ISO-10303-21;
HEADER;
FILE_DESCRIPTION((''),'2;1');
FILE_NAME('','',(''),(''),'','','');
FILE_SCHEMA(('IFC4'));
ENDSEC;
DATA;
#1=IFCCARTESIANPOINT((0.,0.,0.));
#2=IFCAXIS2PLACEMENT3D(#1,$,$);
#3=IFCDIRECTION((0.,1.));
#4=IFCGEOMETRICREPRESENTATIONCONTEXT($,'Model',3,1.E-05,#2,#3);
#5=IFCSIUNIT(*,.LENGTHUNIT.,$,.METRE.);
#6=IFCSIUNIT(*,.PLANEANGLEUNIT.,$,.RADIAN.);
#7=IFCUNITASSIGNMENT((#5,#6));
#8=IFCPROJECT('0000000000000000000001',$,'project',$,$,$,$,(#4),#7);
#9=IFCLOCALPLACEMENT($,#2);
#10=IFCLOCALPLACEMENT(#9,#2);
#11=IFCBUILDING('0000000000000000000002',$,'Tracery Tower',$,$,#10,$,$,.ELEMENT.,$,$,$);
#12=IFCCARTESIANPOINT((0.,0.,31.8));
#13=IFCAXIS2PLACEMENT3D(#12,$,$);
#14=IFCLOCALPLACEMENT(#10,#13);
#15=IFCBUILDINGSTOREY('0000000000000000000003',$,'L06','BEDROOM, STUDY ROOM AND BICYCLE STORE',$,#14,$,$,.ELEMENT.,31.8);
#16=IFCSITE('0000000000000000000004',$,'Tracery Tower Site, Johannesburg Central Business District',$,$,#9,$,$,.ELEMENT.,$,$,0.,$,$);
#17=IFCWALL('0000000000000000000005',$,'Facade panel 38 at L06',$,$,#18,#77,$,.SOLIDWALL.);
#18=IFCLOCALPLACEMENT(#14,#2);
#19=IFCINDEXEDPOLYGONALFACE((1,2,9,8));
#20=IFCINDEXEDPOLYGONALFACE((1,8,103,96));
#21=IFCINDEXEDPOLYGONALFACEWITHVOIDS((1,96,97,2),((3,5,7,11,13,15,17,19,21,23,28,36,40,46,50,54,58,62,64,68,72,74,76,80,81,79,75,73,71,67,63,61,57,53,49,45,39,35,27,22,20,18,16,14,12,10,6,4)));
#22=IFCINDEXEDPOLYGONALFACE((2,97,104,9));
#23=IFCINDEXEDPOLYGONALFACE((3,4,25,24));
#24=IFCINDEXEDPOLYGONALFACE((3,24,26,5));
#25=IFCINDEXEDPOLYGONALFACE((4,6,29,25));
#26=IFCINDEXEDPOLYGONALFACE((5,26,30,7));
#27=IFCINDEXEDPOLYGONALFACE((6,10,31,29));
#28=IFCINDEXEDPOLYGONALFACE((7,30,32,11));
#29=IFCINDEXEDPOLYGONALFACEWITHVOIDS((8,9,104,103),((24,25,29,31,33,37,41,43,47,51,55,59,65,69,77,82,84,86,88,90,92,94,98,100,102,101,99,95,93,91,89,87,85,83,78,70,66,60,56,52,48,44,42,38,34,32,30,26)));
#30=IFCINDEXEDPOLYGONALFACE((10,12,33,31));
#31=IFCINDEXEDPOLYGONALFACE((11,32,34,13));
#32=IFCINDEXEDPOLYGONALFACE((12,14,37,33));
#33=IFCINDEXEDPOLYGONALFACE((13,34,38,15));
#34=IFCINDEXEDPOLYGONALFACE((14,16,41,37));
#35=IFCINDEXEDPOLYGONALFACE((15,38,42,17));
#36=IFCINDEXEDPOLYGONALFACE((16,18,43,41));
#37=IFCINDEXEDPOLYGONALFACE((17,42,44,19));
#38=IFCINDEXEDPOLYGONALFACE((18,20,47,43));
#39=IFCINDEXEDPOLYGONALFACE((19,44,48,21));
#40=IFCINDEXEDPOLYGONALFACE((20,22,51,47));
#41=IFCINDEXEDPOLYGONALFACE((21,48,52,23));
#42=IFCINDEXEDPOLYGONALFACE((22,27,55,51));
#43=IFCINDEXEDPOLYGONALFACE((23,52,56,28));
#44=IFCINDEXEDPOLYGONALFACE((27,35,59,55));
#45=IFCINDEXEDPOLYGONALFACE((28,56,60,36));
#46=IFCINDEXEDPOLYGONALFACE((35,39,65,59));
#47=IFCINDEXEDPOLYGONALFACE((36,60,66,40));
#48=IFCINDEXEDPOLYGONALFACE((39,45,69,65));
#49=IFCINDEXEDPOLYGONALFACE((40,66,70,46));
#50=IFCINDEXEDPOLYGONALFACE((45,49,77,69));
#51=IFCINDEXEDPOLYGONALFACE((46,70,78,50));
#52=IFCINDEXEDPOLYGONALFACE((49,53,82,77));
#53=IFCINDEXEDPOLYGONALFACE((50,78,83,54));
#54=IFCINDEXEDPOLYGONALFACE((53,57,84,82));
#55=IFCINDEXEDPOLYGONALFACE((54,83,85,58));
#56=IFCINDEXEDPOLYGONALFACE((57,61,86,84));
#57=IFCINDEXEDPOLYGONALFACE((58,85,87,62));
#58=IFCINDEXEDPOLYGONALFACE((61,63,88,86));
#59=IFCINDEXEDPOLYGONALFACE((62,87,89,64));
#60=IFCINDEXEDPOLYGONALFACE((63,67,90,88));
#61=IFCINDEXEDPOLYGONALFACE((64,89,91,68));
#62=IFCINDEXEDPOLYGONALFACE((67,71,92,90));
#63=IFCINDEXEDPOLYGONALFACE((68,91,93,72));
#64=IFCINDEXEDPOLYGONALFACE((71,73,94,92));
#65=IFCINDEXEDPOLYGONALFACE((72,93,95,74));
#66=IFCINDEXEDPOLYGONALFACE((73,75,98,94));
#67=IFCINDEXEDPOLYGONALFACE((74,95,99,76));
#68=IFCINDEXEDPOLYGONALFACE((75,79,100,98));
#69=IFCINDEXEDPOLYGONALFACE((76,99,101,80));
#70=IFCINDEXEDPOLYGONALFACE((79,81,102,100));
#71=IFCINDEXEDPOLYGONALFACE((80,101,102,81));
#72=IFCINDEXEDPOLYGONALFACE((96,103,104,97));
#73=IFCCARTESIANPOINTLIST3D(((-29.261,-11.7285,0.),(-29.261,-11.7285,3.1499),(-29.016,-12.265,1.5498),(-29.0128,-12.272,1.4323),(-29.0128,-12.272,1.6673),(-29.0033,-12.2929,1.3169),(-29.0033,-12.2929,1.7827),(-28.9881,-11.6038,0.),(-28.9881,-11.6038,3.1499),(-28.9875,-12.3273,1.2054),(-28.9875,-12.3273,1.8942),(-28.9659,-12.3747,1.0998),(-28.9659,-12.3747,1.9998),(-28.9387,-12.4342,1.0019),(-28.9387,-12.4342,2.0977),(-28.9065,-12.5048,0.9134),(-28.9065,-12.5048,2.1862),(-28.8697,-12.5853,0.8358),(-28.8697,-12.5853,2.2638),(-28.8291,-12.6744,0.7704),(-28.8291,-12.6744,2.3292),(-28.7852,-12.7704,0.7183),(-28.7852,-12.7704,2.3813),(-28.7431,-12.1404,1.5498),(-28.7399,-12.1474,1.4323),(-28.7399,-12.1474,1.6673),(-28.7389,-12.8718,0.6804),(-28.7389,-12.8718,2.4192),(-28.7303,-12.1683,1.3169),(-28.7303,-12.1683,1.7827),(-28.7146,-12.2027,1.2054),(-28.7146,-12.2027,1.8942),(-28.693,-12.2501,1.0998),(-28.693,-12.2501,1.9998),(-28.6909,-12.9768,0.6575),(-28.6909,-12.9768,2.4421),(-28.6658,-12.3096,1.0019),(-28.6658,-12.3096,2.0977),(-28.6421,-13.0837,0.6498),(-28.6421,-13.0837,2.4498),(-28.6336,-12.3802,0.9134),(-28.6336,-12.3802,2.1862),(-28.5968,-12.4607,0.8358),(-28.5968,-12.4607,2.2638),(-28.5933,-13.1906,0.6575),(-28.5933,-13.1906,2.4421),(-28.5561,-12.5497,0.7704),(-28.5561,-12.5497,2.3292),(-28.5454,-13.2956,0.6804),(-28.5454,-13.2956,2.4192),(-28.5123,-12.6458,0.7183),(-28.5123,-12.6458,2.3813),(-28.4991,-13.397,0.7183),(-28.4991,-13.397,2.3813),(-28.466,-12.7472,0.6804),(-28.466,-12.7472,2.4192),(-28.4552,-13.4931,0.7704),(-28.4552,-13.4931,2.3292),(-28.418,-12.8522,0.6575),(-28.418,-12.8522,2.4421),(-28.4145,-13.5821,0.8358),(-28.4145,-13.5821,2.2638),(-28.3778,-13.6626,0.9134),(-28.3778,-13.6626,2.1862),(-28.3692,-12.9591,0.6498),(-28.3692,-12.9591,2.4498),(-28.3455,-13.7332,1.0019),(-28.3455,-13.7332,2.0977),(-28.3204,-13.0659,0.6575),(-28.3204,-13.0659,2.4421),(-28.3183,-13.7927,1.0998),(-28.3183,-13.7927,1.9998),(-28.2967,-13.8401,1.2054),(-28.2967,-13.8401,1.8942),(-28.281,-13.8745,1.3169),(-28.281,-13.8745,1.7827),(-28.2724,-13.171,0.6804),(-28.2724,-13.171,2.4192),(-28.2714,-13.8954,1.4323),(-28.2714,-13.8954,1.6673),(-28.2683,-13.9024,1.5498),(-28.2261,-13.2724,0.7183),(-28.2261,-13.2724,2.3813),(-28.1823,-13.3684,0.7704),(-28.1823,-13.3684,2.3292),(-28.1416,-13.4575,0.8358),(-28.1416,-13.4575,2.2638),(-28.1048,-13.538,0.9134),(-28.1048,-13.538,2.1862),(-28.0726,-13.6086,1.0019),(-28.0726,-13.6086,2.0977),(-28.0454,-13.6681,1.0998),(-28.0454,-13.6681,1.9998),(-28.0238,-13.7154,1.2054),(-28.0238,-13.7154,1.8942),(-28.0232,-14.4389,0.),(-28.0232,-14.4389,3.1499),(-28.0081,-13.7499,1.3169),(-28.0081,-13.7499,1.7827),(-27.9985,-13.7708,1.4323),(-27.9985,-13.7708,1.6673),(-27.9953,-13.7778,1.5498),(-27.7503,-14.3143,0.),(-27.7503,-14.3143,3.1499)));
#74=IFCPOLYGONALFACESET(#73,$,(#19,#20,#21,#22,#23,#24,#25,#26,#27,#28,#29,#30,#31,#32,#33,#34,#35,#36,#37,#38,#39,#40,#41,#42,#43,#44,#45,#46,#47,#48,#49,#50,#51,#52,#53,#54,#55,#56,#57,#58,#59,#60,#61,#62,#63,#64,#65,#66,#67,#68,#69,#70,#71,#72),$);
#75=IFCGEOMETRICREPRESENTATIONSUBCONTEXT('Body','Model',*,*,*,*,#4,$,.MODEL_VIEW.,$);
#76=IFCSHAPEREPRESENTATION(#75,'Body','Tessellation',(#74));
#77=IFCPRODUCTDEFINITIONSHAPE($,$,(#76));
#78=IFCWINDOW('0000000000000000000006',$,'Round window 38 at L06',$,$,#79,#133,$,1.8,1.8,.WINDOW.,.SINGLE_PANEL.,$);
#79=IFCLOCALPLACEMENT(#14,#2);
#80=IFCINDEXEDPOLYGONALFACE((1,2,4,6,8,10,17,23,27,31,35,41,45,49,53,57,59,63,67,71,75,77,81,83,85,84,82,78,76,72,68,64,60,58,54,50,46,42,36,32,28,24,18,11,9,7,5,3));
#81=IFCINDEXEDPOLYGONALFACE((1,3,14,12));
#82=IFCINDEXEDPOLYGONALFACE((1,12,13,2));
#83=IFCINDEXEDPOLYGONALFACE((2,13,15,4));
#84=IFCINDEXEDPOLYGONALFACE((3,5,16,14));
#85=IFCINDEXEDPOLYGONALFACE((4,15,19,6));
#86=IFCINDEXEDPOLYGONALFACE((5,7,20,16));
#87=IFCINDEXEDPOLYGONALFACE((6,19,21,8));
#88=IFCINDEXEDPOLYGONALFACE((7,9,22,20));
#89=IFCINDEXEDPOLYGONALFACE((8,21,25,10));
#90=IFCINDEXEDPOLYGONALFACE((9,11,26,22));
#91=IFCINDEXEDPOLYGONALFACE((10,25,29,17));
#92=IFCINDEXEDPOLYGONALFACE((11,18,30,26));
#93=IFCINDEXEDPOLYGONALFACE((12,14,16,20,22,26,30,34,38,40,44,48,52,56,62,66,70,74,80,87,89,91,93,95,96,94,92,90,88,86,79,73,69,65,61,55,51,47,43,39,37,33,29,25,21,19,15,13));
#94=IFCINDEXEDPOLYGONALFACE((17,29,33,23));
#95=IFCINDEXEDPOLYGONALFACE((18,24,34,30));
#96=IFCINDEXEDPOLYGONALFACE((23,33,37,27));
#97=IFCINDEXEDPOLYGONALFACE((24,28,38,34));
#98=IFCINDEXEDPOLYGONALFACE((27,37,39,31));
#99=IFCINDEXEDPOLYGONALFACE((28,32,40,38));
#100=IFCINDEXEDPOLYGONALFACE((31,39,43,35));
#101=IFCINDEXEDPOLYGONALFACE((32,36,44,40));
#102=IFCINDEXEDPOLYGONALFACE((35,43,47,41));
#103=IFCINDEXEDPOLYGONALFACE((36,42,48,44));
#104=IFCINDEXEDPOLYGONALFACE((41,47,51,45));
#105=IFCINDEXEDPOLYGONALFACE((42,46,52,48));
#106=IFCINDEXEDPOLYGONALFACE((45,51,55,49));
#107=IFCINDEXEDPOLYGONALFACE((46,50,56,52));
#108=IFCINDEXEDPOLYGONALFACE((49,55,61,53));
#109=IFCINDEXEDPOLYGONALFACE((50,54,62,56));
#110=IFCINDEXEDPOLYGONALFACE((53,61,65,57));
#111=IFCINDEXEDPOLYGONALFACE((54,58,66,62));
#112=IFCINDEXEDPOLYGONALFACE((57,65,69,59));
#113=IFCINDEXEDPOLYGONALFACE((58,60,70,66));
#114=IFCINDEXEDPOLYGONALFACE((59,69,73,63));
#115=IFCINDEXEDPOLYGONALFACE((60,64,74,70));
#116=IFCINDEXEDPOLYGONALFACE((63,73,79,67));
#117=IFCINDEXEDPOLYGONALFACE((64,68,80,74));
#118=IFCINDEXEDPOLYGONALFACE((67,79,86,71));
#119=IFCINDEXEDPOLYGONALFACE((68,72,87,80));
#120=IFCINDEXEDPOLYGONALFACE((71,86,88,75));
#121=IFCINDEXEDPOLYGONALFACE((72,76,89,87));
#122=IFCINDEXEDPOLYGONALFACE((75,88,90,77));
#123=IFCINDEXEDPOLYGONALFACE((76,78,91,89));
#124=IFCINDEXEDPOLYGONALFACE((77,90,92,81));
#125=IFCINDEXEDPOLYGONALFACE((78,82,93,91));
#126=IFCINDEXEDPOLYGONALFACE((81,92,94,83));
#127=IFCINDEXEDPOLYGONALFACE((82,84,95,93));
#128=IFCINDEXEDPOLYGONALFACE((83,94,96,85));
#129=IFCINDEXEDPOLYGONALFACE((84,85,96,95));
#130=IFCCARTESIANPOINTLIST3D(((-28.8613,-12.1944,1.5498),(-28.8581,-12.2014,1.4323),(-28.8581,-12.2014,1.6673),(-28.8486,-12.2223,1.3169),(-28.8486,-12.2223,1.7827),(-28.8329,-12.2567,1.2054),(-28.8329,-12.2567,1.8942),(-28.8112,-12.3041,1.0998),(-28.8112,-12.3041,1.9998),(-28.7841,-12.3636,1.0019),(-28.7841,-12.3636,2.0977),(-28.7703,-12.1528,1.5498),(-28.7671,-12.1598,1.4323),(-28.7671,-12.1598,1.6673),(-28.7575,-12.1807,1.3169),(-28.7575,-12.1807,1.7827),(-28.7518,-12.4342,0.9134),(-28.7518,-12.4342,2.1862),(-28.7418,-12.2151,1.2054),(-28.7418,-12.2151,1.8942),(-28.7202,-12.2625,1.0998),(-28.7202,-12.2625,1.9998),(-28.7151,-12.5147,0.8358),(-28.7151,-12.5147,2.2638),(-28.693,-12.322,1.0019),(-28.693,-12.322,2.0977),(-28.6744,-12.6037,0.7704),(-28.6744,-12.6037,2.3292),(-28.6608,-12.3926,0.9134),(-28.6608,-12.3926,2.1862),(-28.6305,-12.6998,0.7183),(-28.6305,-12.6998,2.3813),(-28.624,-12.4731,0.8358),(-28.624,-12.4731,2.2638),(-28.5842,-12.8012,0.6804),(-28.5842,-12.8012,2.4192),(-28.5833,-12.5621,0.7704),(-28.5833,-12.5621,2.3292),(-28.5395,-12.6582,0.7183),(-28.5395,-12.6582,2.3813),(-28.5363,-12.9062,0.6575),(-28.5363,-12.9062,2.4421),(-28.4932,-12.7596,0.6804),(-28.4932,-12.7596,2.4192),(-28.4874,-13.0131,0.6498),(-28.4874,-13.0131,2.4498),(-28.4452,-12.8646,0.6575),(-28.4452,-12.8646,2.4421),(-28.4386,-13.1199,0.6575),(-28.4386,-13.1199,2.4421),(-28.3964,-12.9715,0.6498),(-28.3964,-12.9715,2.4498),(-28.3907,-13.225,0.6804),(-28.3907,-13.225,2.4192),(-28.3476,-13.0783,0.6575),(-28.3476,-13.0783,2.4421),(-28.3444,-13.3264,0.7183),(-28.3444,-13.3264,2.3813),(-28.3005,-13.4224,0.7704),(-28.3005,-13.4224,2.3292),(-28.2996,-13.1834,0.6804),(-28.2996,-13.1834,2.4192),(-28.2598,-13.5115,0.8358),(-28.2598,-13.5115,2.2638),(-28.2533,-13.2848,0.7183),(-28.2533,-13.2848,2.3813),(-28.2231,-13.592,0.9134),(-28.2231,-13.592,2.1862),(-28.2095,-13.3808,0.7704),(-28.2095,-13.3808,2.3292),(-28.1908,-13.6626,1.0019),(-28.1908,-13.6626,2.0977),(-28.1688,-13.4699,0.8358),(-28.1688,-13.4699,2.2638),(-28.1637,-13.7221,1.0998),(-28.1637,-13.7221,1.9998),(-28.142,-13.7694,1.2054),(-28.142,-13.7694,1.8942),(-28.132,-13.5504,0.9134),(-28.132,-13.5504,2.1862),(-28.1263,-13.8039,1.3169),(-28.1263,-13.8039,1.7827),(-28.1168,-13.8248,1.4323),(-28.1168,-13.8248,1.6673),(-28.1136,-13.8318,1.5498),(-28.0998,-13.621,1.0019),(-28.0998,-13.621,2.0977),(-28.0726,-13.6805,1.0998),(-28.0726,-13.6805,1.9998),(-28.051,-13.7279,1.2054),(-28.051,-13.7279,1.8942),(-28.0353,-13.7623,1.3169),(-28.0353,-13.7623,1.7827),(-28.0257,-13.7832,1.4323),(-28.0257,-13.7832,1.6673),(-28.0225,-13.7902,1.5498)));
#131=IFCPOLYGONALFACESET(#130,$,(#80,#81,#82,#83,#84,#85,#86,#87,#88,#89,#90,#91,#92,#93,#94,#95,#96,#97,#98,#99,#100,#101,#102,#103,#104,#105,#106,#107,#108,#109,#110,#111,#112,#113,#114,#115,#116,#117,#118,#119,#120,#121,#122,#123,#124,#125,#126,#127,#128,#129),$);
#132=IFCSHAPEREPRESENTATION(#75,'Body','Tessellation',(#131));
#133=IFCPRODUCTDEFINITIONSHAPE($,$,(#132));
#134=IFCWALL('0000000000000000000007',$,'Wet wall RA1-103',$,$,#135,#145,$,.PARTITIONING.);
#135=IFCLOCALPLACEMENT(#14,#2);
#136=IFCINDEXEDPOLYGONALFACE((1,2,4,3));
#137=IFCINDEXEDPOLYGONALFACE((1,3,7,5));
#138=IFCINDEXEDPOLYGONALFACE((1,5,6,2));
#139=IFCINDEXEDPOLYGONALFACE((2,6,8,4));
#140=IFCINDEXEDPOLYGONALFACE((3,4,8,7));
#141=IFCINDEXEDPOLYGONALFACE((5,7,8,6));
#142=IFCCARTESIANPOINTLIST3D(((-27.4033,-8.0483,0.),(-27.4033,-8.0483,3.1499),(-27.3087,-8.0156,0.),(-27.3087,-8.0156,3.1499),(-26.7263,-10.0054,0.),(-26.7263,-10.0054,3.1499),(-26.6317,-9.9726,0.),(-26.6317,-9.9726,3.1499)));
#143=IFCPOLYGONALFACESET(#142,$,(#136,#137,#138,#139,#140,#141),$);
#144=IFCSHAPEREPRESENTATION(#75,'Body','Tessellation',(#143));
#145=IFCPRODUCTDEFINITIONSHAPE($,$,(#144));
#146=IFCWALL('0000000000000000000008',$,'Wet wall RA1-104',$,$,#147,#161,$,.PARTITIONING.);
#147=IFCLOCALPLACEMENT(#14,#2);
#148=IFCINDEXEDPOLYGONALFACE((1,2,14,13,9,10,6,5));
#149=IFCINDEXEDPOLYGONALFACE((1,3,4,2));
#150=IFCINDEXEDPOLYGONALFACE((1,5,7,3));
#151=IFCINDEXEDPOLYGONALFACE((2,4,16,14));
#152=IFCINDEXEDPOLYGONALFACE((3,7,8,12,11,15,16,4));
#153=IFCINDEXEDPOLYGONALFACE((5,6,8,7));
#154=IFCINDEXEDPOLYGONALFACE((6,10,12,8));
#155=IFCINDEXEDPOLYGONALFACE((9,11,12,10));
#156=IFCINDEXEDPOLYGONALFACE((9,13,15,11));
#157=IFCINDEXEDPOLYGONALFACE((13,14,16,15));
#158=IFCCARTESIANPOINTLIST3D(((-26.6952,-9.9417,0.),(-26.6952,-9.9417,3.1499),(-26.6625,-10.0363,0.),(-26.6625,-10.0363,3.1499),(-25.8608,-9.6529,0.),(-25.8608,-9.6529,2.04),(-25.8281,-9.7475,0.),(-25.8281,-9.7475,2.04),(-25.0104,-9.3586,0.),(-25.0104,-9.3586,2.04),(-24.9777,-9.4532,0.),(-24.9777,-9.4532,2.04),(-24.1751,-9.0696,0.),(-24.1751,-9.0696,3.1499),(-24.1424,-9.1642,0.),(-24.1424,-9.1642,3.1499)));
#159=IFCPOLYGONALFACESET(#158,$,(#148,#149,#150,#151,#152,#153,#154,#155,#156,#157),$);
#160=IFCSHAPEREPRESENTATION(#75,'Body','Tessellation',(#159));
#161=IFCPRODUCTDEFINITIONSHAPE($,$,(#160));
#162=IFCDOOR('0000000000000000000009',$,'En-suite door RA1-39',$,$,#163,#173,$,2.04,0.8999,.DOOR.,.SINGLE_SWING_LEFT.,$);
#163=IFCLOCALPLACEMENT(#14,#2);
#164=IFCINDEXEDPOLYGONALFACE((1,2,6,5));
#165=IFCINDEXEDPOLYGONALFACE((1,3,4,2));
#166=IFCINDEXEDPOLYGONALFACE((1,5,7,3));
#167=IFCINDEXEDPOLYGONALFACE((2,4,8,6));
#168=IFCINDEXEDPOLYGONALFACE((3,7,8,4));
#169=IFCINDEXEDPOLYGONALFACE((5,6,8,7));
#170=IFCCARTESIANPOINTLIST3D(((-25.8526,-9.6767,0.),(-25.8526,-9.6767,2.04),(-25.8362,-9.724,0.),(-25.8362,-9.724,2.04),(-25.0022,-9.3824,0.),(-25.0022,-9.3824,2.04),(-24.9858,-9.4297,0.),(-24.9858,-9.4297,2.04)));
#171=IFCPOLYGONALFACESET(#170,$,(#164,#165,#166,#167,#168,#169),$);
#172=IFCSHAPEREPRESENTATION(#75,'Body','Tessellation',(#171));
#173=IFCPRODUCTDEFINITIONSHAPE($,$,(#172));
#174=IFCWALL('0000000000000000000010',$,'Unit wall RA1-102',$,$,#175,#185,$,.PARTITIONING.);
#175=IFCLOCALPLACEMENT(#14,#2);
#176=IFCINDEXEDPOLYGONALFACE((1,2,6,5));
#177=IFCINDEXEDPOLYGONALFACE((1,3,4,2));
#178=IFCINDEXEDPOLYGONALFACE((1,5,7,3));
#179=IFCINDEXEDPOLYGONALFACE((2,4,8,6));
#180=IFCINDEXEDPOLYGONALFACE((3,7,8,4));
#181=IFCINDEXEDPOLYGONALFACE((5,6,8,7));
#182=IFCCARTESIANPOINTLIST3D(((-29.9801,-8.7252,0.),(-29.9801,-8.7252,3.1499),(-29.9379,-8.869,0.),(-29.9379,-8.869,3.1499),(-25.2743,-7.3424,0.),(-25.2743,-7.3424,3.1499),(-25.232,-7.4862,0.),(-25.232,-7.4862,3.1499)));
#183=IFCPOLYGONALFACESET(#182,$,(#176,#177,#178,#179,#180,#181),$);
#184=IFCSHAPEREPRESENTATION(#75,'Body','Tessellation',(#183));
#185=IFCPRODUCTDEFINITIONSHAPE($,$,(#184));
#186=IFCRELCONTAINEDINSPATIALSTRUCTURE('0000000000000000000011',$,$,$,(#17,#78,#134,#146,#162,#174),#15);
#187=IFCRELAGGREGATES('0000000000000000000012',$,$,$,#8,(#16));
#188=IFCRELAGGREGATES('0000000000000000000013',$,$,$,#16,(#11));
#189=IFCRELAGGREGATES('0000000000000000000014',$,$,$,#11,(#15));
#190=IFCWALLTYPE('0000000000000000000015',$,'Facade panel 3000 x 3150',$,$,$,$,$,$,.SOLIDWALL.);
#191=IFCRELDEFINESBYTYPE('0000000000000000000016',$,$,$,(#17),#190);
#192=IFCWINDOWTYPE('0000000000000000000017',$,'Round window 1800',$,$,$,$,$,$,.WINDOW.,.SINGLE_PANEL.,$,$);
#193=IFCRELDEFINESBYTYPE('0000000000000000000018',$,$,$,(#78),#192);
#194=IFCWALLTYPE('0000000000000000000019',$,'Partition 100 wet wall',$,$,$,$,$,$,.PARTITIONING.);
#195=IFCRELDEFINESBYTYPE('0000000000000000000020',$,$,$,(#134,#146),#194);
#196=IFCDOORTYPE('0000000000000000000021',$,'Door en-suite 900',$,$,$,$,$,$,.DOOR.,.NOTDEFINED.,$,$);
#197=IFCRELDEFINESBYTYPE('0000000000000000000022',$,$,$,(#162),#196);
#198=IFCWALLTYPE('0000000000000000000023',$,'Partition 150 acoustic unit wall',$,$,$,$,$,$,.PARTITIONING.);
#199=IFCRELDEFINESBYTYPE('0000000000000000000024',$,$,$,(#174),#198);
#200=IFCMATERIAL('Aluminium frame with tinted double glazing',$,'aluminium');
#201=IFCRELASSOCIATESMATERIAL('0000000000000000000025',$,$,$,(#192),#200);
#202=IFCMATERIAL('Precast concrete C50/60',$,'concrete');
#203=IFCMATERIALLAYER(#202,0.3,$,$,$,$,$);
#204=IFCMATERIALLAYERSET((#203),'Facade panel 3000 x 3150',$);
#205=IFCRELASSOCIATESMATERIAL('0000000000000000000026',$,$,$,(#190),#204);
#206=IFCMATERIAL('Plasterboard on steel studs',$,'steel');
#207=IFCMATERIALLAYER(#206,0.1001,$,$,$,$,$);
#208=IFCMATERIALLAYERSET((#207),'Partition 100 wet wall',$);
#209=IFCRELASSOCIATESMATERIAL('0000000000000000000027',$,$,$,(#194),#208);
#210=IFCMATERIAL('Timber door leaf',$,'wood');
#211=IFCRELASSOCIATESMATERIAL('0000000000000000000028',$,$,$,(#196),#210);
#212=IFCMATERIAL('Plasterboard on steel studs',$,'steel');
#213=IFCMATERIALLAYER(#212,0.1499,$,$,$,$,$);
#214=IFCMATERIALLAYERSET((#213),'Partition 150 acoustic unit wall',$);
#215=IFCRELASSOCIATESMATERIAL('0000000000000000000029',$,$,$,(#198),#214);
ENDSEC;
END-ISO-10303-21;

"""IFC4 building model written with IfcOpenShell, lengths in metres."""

from ifc_helpers import new_model, si_unit, direction, frame, frame_2d, origin, origin_2d, place, context, subcontext, project, spatial, rectangle, circle, extrude, material, layer, layer_set, type_object, element, fill, save


model = new_model("IFC4")

# Units and contexts
model_context = context("Model", 3, precision=1e-05, world=origin(), true_north=direction((0.0, 1.0)))
body_context = subcontext(model_context, "Body", "Model", "MODEL_VIEW")
ifc_project = project(units=[si_unit("LENGTHUNIT", "METRE"), si_unit("PLANEANGLEUNIT", "RADIAN")], contexts=[model_context])

# Site, building, storey
site_placement = place(None, origin())
site = spatial("IfcSite", under=ifc_project, at=site_placement, Name="Tracery Tower Site, Johannesburg Central Business District", CompositionType="ELEMENT", RefElevation=0.0)
building_placement = place(site_placement, origin())
building = spatial("IfcBuilding", under=site, at=building_placement, Name="Tracery Tower", CompositionType="ELEMENT")
storey_placement = place(building_placement, frame((0.0, 0.0, 31.8)))
storey = spatial("IfcBuildingStorey", under=building, at=storey_placement, Name="L06", Description="BEDROOM, STUDY ROOM AND BICYCLE STORE", CompositionType="ELEMENT", Elevation=31.8)

# Wall, opening, window
ifc_material_1 = material(Name="Aluminium frame with tinted double glazing", Category="aluminium")
window_type = type_object("IfcWindowType", Name="Round window 1800", PartitioningType="SINGLE_PANEL", PredefinedType="WINDOW", material=ifc_material_1)
ifc_material_2 = material(Name="Precast concrete C50/60", Category="concrete")
ifc_layer_1 = layer(ifc_material_2, 0.3)
ifc_layer_set_1 = layer_set([ifc_layer_1], Name="Facade panel 3000 x 3150")
wall_type_1 = type_object("IfcWallType", Name="Facade panel 3000 x 3150", PredefinedType="SOLIDWALL", material=ifc_layer_set_1)
wall_1_placement = place(storey_placement, frame((-29.1245, -11.6663, 0.0), z_axis=(0.0, 0.0, 1.0), x_axis=(0.415407, -0.909636, 0.0)))
wall_1 = element("IfcWall", 1, at=wall_1_placement, inside=storey, type_object=wall_type_1, Name="Facade panel 38 at L06", PredefinedType="SOLIDWALL", context=body_context, shape_type="SweptSolid", body=[
    extrude(rectangle(XDim=2.9797, YDim=0.3, at=frame_2d((1.4897, 0.0))), origin(), (0.0, 0.0, 1.0), 3.1499),
])
opening_1_placement = place(wall_1_placement, frame((1.4897, 0.0, 1.5498)))
opening_1 = element("IfcOpeningElement", 2, at=opening_1_placement, cuts=wall_1, PredefinedType="OPENING", context=body_context, shape_type="SweptSolid", body=[
    extrude(circle(Radius=0.9, at=origin_2d()), frame((0.0, 0.1599, 0.0), z_axis=(0.0, -1.0, 0.0), x_axis=(1.0, 0.0, 0.0)), (0.0, 0.0, 1.0), 0.3201),
])
window_1_placement = place(opening_1_placement, origin())
window_1 = element("IfcWindow", 3, at=window_1_placement, inside=storey, type_object=window_type, Name="Round window 38 at L06", OverallHeight=1.8, OverallWidth=1.8, PartitioningType="SINGLE_PANEL", PredefinedType="WINDOW", context=body_context, shape_type="SweptSolid", body=[
    extrude(circle(Radius=0.9, at=origin_2d()), frame((0.0, 0.1201, 0.0), z_axis=(0.0, -1.0, 0.0), x_axis=(1.0, 0.0, 0.0)), (0.0, 0.0, 1.0), 0.1001),
])
fill(opening_1, window_1)

# Wall
ifc_material_3 = material(Name="Plasterboard on steel studs", Category="steel")
ifc_layer_2 = layer(ifc_material_3, 0.1001)
ifc_layer_set_2 = layer_set([ifc_layer_2], Name="Partition 100 wet wall")
wall_type_2 = type_object("IfcWallType", Name="Partition 100 wet wall", PredefinedType="PARTITIONING", material=ifc_layer_set_2)
wall_2_placement = place(storey_placement, frame((-27.356, -8.032, 0.0), z_axis=(0.0, 0.0, 1.0), x_axis=(0.326924, -0.945051, 0.0)))
element("IfcWall", 4, at=wall_2_placement, inside=storey, type_object=wall_type_2, Name="Wet wall RA1-103", PredefinedType="PARTITIONING", context=body_context, shape_type="SweptSolid", body=[
    extrude(rectangle(XDim=2.0708, YDim=0.1001, at=frame_2d((1.0354, 0.0))), origin(), (0.0, 0.0, 1.0), 3.1499),
])

# Wall, opening, door
wall_3_placement = place(storey_placement, frame((-26.679, -9.989, 0.0), z_axis=(0.0, 0.0, 1.0), x_axis=(0.945014, 0.327029, 0.0)))
wall_3 = element("IfcWall", 5, at=wall_3_placement, inside=storey, type_object=wall_type_2, Name="Wet wall RA1-104", PredefinedType="PARTITIONING", context=body_context, shape_type="SweptSolid", body=[
    extrude(rectangle(XDim=2.6667, YDim=0.1001, at=frame_2d((1.3335, 0.0))), origin(), (0.0, 0.0, 1.0), 3.1499),
])
opening_2_placement = place(wall_3_placement, frame((0.8831, 0.0, 0.0)))
opening_2 = element("IfcOpeningElement", 6, at=opening_2_placement, cuts=wall_3, PredefinedType="OPENING", context=body_context, shape_type="SweptSolid", body=[
    extrude(rectangle(XDim=0.8999, YDim=2.04, at=frame_2d((0.45, 1.02))), frame((0.0, 0.05, 0.0), z_axis=(0.0, -1.0, 0.0), x_axis=(1.0, 0.0, 0.0)), (0.0, 0.0, 1.0), 0.1001),
])
ifc_material_4 = material(Name="Timber door leaf", Category="wood")
door_type_1 = type_object("IfcDoorType", Name="Door en-suite 900", OperationType="NOTDEFINED", PredefinedType="DOOR", material=ifc_material_4)
door_1_placement = place(opening_2_placement, origin())
door_1 = element("IfcDoor", 7, at=door_1_placement, inside=storey, type_object=door_type_1, Name="En-suite door RA1-39", OperationType="SINGLE_SWING_LEFT", OverallHeight=2.04, OverallWidth=0.8999, PredefinedType="DOOR", context=body_context, shape_type="SweptSolid", body=[
    extrude(rectangle(XDim=0.8999, YDim=2.04, at=frame_2d((0.45, 1.02))), frame((0.0, 0.0249, 0.0), z_axis=(0.0, -1.0, 0.0), x_axis=(1.0, 0.0, 0.0)), (0.0, 0.0, 1.0), 0.05),
])
fill(opening_2, door_1)

# Wall
ifc_material_5 = material(Name="Plasterboard on steel studs", Category="steel")
ifc_layer_3 = layer(ifc_material_5, 0.1499)
ifc_layer_set_3 = layer_set([ifc_layer_3], Name="Partition 150 acoustic unit wall")
wall_type_3 = type_object("IfcWallType", Name="Partition 150 acoustic unit wall", PredefinedType="PARTITIONING", material=ifc_layer_set_3)
wall_4_placement = place(storey_placement, frame((-29.959, -8.7971, 0.0), z_axis=(0.0, 0.0, 1.0), x_axis=(0.959434, 0.281932, 0.0)))
element("IfcWall", 8, at=wall_4_placement, inside=storey, type_object=wall_type_3, Name="Unit wall RA1-102", PredefinedType="PARTITIONING", context=body_context, shape_type="SweptSolid", body=[
    extrude(rectangle(XDim=4.9048, YDim=0.1499, at=frame_2d((2.4524, 0.0))), origin(), (0.0, 0.0, 1.0), 3.1499),
])

save(model, "model.ifc")
